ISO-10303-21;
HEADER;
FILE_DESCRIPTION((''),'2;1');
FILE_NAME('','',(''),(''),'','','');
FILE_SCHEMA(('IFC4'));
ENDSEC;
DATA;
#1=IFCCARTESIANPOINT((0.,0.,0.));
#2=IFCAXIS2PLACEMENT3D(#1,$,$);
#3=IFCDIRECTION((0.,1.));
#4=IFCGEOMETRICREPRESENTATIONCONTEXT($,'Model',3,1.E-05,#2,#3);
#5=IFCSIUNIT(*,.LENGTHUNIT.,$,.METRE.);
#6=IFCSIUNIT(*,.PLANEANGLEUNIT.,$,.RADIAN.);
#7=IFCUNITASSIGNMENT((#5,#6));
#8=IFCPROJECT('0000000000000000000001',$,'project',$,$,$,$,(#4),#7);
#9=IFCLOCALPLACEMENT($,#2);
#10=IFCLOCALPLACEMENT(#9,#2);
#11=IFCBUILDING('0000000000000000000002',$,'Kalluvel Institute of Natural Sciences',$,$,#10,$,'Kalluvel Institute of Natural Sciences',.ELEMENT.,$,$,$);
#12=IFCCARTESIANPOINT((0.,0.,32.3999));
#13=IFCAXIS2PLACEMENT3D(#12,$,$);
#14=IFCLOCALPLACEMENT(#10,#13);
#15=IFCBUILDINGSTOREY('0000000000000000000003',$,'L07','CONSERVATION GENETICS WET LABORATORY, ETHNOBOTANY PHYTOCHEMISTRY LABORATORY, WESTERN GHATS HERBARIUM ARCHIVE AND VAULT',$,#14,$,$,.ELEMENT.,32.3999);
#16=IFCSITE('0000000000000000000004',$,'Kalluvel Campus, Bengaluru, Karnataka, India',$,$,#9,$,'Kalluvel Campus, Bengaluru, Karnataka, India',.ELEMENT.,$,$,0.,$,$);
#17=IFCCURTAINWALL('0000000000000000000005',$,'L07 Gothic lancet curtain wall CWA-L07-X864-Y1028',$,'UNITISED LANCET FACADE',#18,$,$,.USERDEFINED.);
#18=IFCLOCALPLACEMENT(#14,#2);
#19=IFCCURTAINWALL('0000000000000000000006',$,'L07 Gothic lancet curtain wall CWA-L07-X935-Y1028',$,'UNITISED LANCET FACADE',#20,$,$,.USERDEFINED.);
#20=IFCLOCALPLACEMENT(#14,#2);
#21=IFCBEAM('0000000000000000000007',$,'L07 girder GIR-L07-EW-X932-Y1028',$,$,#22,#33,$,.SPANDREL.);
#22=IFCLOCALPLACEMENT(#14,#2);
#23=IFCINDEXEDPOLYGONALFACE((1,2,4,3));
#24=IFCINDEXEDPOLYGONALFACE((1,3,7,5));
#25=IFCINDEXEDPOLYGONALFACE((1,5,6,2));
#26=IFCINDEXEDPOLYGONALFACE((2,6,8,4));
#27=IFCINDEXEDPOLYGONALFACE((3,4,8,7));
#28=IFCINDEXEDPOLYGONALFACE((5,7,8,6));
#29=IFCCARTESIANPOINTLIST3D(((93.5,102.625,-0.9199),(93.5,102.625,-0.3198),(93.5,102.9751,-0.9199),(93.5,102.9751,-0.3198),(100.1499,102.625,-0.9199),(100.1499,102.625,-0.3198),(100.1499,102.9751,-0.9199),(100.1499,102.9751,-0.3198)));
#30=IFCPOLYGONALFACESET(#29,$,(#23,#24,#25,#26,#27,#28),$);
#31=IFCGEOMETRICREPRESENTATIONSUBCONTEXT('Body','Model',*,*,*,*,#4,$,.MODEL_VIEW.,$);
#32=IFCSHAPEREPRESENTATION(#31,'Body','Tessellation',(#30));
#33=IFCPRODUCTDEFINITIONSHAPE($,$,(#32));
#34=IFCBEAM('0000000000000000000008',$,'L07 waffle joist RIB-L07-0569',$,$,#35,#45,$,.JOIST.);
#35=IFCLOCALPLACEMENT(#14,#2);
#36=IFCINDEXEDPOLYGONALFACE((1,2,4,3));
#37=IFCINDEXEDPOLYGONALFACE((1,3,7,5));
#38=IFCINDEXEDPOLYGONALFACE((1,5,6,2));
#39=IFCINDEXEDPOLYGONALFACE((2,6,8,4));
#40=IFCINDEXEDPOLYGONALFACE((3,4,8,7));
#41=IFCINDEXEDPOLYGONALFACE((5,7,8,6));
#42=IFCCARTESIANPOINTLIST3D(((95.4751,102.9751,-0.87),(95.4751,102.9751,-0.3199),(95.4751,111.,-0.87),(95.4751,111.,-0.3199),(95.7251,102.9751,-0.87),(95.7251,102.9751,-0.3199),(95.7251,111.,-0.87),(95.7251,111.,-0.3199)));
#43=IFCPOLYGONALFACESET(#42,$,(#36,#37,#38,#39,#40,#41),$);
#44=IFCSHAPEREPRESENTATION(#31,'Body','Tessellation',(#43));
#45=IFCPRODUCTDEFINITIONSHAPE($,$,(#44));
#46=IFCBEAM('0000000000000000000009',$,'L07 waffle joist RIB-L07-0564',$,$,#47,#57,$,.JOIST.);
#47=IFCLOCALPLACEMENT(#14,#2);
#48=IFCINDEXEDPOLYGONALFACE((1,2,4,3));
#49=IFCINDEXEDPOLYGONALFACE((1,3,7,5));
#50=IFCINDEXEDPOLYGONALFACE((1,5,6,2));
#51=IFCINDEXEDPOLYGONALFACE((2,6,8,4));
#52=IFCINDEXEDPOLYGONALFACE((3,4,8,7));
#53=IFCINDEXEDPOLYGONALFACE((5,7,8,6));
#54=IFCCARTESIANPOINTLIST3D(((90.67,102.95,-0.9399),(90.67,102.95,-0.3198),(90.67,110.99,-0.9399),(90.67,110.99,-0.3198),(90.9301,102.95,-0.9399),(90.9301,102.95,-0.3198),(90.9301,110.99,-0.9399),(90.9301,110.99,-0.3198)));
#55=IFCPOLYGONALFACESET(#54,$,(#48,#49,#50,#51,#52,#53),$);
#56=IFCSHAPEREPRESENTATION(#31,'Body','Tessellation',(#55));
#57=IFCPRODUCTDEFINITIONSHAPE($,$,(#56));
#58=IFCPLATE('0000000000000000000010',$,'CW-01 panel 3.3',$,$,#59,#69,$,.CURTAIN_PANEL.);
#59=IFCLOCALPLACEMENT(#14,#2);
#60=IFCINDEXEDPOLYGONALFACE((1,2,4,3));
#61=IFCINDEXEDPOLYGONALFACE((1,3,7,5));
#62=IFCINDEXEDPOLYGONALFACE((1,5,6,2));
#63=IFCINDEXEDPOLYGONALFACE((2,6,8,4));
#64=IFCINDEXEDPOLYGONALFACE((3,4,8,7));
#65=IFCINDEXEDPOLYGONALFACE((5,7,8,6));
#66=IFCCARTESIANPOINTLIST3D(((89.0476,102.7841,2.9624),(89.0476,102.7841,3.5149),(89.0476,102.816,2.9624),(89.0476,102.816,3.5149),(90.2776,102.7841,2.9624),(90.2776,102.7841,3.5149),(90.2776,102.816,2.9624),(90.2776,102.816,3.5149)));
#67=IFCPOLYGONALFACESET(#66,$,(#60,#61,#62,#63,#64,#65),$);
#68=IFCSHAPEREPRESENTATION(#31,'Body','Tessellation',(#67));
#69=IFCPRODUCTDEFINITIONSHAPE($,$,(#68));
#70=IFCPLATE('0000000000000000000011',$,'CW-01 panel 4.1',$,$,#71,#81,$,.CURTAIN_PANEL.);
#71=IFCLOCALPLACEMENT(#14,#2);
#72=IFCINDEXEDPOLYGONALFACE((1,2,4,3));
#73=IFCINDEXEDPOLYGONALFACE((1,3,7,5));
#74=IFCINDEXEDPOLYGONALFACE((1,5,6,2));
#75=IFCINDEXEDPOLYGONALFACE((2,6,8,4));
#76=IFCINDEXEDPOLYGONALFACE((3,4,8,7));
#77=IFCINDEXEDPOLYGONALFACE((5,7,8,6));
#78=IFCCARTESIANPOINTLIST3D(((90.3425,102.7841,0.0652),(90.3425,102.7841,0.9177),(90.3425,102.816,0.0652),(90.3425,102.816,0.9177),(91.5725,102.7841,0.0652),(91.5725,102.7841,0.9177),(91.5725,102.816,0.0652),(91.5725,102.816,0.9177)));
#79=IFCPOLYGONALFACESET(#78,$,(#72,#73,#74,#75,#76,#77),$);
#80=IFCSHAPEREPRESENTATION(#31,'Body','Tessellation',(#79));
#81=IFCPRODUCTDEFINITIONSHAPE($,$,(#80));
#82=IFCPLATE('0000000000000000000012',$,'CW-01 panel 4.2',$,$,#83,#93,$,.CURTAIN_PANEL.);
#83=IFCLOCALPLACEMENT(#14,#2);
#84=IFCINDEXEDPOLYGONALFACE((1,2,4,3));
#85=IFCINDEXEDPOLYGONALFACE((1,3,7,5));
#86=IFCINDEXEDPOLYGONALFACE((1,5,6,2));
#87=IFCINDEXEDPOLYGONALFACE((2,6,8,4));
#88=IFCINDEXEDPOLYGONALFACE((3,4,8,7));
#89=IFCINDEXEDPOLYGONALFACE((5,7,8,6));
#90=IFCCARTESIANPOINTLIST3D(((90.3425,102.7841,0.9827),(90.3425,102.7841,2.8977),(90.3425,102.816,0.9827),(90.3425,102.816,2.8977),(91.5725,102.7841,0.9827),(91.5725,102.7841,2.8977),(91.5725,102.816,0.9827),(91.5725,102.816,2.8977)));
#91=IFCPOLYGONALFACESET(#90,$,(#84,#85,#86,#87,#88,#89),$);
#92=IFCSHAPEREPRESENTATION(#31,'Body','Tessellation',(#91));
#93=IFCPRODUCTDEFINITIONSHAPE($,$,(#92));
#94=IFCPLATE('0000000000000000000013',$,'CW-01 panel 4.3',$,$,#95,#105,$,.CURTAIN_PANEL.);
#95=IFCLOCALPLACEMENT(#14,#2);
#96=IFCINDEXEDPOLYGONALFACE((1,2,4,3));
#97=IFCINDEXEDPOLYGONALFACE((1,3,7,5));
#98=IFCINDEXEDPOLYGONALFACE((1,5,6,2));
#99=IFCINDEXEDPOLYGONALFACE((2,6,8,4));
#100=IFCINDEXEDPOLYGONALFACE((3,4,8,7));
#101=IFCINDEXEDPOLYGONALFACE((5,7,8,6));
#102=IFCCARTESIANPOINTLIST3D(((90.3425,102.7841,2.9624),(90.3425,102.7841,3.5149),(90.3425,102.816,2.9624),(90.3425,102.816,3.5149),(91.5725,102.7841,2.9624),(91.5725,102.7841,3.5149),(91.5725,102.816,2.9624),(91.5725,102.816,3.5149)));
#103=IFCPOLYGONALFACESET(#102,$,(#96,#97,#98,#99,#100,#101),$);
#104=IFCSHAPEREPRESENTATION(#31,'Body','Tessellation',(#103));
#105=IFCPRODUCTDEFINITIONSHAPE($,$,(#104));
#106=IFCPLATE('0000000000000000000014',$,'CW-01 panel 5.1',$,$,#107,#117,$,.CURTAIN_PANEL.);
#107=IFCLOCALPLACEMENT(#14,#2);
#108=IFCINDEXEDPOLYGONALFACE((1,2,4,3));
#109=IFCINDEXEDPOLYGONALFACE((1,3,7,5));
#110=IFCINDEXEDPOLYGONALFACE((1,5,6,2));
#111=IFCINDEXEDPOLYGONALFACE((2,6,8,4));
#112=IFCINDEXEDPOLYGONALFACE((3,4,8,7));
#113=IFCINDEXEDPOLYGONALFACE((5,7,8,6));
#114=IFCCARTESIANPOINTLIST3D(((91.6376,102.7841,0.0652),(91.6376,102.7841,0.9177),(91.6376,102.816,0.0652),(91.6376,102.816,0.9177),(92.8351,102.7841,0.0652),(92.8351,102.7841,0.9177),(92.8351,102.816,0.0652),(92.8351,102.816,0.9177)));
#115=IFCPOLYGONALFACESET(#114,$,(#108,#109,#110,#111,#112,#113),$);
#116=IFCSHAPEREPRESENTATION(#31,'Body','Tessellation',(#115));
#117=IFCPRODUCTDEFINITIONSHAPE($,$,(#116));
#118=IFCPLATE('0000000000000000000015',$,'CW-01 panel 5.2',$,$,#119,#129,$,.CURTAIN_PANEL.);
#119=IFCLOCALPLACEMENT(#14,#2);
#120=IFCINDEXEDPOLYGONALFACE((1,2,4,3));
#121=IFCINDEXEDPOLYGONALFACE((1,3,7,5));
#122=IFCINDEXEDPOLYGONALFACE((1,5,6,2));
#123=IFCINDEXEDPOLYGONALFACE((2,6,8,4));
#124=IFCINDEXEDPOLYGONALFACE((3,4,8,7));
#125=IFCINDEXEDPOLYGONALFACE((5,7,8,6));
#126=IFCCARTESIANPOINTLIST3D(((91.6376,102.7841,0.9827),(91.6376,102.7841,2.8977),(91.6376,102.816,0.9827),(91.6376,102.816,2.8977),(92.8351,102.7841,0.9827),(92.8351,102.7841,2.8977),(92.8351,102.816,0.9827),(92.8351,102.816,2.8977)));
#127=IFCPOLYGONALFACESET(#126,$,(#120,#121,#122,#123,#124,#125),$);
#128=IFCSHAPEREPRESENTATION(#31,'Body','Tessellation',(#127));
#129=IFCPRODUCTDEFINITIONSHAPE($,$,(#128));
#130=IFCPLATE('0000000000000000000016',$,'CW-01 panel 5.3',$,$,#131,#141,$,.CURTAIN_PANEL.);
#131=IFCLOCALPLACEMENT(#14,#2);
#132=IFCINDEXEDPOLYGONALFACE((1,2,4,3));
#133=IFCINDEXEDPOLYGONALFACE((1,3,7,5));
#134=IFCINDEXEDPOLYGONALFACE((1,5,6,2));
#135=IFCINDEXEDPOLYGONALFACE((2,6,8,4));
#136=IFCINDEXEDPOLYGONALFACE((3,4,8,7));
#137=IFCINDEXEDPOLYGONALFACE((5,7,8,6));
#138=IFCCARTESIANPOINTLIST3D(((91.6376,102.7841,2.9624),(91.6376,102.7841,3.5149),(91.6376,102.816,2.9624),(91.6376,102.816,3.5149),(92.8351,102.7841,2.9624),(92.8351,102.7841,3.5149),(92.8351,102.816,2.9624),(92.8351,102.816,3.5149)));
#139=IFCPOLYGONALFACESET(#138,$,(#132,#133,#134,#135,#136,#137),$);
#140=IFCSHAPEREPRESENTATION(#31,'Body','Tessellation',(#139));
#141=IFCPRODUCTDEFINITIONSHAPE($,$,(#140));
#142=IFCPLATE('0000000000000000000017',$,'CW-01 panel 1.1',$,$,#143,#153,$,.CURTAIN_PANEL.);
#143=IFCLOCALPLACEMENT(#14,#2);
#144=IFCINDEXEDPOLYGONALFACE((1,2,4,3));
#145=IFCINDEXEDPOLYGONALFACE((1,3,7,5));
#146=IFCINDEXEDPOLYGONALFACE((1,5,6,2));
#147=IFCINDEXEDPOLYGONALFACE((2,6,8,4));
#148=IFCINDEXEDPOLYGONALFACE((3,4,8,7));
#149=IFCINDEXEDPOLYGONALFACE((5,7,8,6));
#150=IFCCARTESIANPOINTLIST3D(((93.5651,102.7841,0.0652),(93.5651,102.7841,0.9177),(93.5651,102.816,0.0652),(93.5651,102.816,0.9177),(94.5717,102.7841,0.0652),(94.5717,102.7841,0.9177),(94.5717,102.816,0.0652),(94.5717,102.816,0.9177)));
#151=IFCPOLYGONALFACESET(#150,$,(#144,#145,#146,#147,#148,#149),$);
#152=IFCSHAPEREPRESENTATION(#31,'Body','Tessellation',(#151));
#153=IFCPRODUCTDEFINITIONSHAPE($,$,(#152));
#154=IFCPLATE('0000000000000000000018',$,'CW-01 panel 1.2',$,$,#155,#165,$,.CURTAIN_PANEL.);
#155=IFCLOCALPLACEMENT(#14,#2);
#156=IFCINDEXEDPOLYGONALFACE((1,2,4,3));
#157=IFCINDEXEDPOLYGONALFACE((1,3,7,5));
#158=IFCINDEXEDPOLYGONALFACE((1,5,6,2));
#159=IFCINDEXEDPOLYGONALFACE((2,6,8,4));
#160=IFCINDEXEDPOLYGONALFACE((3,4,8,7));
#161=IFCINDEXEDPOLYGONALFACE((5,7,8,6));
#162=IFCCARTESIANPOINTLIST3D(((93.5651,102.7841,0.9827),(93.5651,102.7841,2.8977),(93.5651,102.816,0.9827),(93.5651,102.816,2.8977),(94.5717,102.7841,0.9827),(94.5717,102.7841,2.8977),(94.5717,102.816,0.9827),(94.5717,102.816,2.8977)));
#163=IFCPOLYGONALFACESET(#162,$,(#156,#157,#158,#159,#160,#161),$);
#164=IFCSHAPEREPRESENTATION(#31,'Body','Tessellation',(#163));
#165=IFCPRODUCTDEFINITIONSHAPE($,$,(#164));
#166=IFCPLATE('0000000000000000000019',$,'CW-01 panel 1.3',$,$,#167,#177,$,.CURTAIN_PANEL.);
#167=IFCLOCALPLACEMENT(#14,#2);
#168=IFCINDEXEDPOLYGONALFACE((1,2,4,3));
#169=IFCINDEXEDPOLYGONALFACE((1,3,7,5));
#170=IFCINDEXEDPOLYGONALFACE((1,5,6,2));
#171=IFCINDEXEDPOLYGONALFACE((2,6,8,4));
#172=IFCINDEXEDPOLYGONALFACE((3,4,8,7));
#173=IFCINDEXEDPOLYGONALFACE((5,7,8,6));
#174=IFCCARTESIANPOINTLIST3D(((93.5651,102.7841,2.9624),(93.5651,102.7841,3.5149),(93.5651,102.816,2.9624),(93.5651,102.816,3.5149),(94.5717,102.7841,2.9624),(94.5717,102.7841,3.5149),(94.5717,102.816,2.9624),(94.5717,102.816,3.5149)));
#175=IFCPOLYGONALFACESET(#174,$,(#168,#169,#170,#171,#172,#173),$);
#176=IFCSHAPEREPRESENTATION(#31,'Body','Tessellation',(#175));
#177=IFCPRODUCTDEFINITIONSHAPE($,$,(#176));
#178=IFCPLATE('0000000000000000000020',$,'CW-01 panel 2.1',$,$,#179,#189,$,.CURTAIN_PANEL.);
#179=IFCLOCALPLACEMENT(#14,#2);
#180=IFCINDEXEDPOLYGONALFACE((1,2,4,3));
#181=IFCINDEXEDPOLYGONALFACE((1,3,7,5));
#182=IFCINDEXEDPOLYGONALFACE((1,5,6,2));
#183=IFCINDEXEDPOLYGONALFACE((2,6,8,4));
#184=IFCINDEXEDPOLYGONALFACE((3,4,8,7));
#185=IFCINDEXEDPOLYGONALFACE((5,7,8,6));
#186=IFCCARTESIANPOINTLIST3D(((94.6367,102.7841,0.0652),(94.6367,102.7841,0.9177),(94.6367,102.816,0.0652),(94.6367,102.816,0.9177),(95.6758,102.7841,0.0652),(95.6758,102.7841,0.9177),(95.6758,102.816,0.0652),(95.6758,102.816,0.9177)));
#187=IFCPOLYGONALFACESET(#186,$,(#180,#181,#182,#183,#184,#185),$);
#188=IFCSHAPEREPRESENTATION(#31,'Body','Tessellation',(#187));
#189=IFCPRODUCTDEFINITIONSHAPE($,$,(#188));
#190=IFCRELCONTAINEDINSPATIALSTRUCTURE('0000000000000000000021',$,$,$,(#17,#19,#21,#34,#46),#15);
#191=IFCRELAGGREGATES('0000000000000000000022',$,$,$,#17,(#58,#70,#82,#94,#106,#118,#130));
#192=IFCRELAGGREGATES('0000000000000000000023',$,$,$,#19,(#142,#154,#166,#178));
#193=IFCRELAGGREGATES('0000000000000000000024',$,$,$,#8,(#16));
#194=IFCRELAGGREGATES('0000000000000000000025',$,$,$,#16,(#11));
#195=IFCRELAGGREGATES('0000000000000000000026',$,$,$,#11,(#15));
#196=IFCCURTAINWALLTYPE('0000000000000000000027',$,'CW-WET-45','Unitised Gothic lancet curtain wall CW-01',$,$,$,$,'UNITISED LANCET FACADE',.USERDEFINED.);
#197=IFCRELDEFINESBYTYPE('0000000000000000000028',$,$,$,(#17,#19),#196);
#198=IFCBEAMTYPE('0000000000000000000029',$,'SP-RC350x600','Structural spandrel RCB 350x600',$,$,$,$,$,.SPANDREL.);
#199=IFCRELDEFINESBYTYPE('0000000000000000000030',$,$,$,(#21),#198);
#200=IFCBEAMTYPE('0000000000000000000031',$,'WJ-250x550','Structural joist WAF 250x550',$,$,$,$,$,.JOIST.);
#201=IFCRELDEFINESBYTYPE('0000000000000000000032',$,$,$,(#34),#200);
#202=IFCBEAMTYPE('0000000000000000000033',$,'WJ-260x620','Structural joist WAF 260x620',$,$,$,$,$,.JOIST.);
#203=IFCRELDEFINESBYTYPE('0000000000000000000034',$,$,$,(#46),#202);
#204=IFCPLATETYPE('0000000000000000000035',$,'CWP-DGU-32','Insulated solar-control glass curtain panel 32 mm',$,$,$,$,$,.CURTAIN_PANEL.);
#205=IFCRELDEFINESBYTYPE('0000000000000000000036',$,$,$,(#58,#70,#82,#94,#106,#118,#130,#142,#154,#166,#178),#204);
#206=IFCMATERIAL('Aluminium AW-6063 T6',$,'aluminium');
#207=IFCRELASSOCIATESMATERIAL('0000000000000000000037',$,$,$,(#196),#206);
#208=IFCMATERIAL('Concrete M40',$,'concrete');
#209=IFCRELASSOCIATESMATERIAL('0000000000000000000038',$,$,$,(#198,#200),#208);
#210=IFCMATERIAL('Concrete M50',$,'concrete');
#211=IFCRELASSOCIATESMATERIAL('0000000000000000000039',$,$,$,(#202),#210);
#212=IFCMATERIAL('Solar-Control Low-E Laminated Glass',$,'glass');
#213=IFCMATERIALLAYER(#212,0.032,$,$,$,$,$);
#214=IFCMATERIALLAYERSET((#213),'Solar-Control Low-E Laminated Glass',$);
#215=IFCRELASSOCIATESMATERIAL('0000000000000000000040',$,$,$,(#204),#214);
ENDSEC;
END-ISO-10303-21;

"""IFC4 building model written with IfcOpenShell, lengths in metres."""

from ifc_helpers import new_model, si_unit, direction, frame, origin, origin_2d, place, context, subcontext, project, spatial, rectangle, extrude, material, layer, layer_set, material_profile, profile_set, type_object, element, aggregate, save


model = new_model("IFC4")

# Units and contexts
model_context = context("Model", 3, precision=1e-05, world=origin(), true_north=direction((0.0, 1.0)))
body_context = subcontext(model_context, "Body", "Model", "MODEL_VIEW")
ifc_project = project(units=[si_unit("LENGTHUNIT", "METRE"), si_unit("PLANEANGLEUNIT", "RADIAN")], contexts=[model_context])

# Site, building, storey
site_placement = place(None, origin())
site = spatial("IfcSite", under=ifc_project, at=site_placement, Name="Kalluvel Campus, Bengaluru, Karnataka, India", LongName="Kalluvel Campus, Bengaluru, Karnataka, India", CompositionType="ELEMENT", RefElevation=0.0)
building_placement = place(site_placement, origin())
building = spatial("IfcBuilding", under=site, at=building_placement, Name="Kalluvel Institute of Natural Sciences", LongName="Kalluvel Institute of Natural Sciences", CompositionType="ELEMENT")
storey_placement = place(building_placement, frame((0.0, 0.0, 32.3999)))
storey = spatial("IfcBuildingStorey", under=building, at=storey_placement, Name="L07", Description="CONSERVATION GENETICS WET LABORATORY, ETHNOBOTANY PHYTOCHEMISTRY LABORATORY, WESTERN GHATS HERBARIUM ARCHIVE AND VAULT", CompositionType="ELEMENT", Elevation=32.3999)

# Shared definitions
ifc_material_1 = material(Name="Concrete M40", Category="concrete")

# Curtain walls
ifc_material_2 = material(Name="Aluminium AW-6063 T6", Category="aluminium")
curtain_wall_type = type_object("IfcCurtainWallType", Name="CW-WET-45", Description="Unitised Gothic lancet curtain wall CW-01", ElementType="UNITISED LANCET FACADE", PredefinedType="USERDEFINED", material=ifc_material_2)
curtain_wall_1_placement = place(storey_placement, origin())
curtain_wall_1 = element("IfcCurtainWall", 1, at=curtain_wall_1_placement, inside=storey, type_object=curtain_wall_type, Name="L07 Gothic lancet curtain wall CWA-L07-X864-Y1028", ObjectType="UNITISED LANCET FACADE", PredefinedType="USERDEFINED")
curtain_wall_2_placement = place(storey_placement, origin())
curtain_wall_2 = element("IfcCurtainWall", 2, at=curtain_wall_2_placement, inside=storey, type_object=curtain_wall_type, Name="L07 Gothic lancet curtain wall CWA-L07-X935-Y1028", ObjectType="UNITISED LANCET FACADE", PredefinedType="USERDEFINED")

# Beams
ifc_material_profile_1 = material_profile(ifc_material_1, rectangle(XDim=0.3501, YDim=0.6001, at=origin_2d()), Name="RCB 350x600")
ifc_profile_set_1 = profile_set([ifc_material_profile_1], Name="Concrete M40")
beam_type_1 = type_object("IfcBeamType", Name="SP-RC350x600", Description="Structural spandrel RCB 350x600", PredefinedType="SPANDREL", material=ifc_profile_set_1)
beam_1_placement = place(storey_placement, frame((93.5, 102.8, -0.6199), z_axis=(1.0, 0.0, 0.0), x_axis=(0.0, 1.0, 0.0)))
element("IfcBeam", 3, at=beam_1_placement, inside=storey, type_object=beam_type_1, Name="L07 girder GIR-L07-EW-X932-Y1028", PredefinedType="SPANDREL", context=body_context, shape_type="SweptSolid", body=[
    extrude(rectangle(XDim=0.3501, YDim=0.6001, at=origin_2d()), origin(), (0.0, 0.0, 1.0), 6.6499),
])
ifc_material_profile_2 = material_profile(ifc_material_1, rectangle(XDim=0.25, YDim=0.55, at=origin_2d()), Name="WAF 250x550")
ifc_profile_set_2 = profile_set([ifc_material_profile_2], Name="Concrete M40")
beam_type_2 = type_object("IfcBeamType", Name="WJ-250x550", Description="Structural joist WAF 250x550", PredefinedType="JOIST", material=ifc_profile_set_2)
beam_2_placement = place(storey_placement, frame((95.6001, 102.9751, -0.595), z_axis=(0.0, 1.0, 0.0), x_axis=(-1.0, 0.0, 0.0)))
element("IfcBeam", 4, at=beam_2_placement, inside=storey, type_object=beam_type_2, Name="L07 waffle joist RIB-L07-0569", PredefinedType="JOIST", context=body_context, shape_type="SweptSolid", body=[
    extrude(rectangle(XDim=0.25, YDim=0.55, at=origin_2d()), origin(), (0.0, 0.0, 1.0), 8.0249),
])
ifc_material_3 = material(Name="Concrete M50", Category="concrete")
ifc_material_profile_3 = material_profile(ifc_material_3, rectangle(XDim=0.26, YDim=0.6201, at=origin_2d()), Name="WAF 260x620")
ifc_profile_set_3 = profile_set([ifc_material_profile_3], Name="Concrete M50")
beam_type_3 = type_object("IfcBeamType", Name="WJ-260x620", Description="Structural joist WAF 260x620", PredefinedType="JOIST", material=ifc_profile_set_3)
beam_3_placement = place(storey_placement, frame((90.8, 102.95, -0.6299), z_axis=(0.0, 1.0, 0.0), x_axis=(-1.0, 0.0, 0.0)))
element("IfcBeam", 5, at=beam_3_placement, inside=storey, type_object=beam_type_3, Name="L07 waffle joist RIB-L07-0564", PredefinedType="JOIST", context=body_context, shape_type="SweptSolid", body=[
    extrude(rectangle(XDim=0.26, YDim=0.6201, at=origin_2d()), origin(), (0.0, 0.0, 1.0), 8.04),
])

# Plates
ifc_material_4 = material(Name="Solar-Control Low-E Laminated Glass", Category="glass")
ifc_layer = layer(ifc_material_4, 0.032)
ifc_layer_set = layer_set([ifc_layer], Name="Solar-Control Low-E Laminated Glass")
plate_type = type_object("IfcPlateType", Name="CWP-DGU-32", Description="Insulated solar-control glass curtain panel 32 mm", PredefinedType="CURTAIN_PANEL", material=ifc_layer_set)
plate_1_placement = place(storey_placement, frame((89.6626, 102.8, 2.9624), z_axis=(0.0, 0.0, 1.0), x_axis=(1.0, 0.0, 0.0)))
plate_1 = element("IfcPlate", 6, at=plate_1_placement, type_object=plate_type, Name="CW-01 panel 3.3", PredefinedType="CURTAIN_PANEL", context=body_context, shape_type="SweptSolid", body=[
    extrude(rectangle(XDim=1.23, YDim=0.032, at=origin_2d()), origin(), (0.0, 0.0, 1.0), 0.5525),
])
plate_2_placement = place(storey_placement, frame((90.9575, 102.8, 0.0652), z_axis=(0.0, 0.0, 1.0), x_axis=(1.0, 0.0, 0.0)))
plate_2 = element("IfcPlate", 7, at=plate_2_placement, type_object=plate_type, Name="CW-01 panel 4.1", PredefinedType="CURTAIN_PANEL", context=body_context, shape_type="SweptSolid", body=[
    extrude(rectangle(XDim=1.23, YDim=0.032, at=origin_2d()), origin(), (0.0, 0.0, 1.0), 0.8525),
])
plate_3_placement = place(storey_placement, frame((90.9575, 102.8, 0.9827), z_axis=(0.0, 0.0, 1.0), x_axis=(1.0, 0.0, 0.0)))
plate_3 = element("IfcPlate", 8, at=plate_3_placement, type_object=plate_type, Name="CW-01 panel 4.2", PredefinedType="CURTAIN_PANEL", context=body_context, shape_type="SweptSolid", body=[
    extrude(rectangle(XDim=1.23, YDim=0.032, at=origin_2d()), origin(), (0.0, 0.0, 1.0), 1.915),
])
plate_4_placement = place(storey_placement, frame((90.9575, 102.8, 2.9624), z_axis=(0.0, 0.0, 1.0), x_axis=(1.0, 0.0, 0.0)))
plate_4 = element("IfcPlate", 9, at=plate_4_placement, type_object=plate_type, Name="CW-01 panel 4.3", PredefinedType="CURTAIN_PANEL", context=body_context, shape_type="SweptSolid", body=[
    extrude(rectangle(XDim=1.23, YDim=0.032, at=origin_2d()), origin(), (0.0, 0.0, 1.0), 0.5525),
])
plate_5_placement = place(storey_placement, frame((92.2363, 102.8, 0.0652), z_axis=(0.0, 0.0, 1.0), x_axis=(1.0, 0.0, 0.0)))
plate_5 = element("IfcPlate", 10, at=plate_5_placement, type_object=plate_type, Name="CW-01 panel 5.1", PredefinedType="CURTAIN_PANEL", context=body_context, shape_type="SweptSolid", body=[
    extrude(rectangle(XDim=1.1975, YDim=0.032, at=origin_2d()), origin(), (0.0, 0.0, 1.0), 0.8525),
])
plate_6_placement = place(storey_placement, frame((92.2363, 102.8, 0.9827), z_axis=(0.0, 0.0, 1.0), x_axis=(1.0, 0.0, 0.0)))
plate_6 = element("IfcPlate", 11, at=plate_6_placement, type_object=plate_type, Name="CW-01 panel 5.2", PredefinedType="CURTAIN_PANEL", context=body_context, shape_type="SweptSolid", body=[
    extrude(rectangle(XDim=1.1975, YDim=0.032, at=origin_2d()), origin(), (0.0, 0.0, 1.0), 1.915),
])
plate_7_placement = place(storey_placement, frame((92.2363, 102.8, 2.9624), z_axis=(0.0, 0.0, 1.0), x_axis=(1.0, 0.0, 0.0)))
plate_7 = element("IfcPlate", 12, at=plate_7_placement, type_object=plate_type, Name="CW-01 panel 5.3", PredefinedType="CURTAIN_PANEL", context=body_context, shape_type="SweptSolid", body=[
    extrude(rectangle(XDim=1.1975, YDim=0.032, at=origin_2d()), origin(), (0.0, 0.0, 1.0), 0.5525),
])
aggregate(curtain_wall_1, [plate_1, plate_2, plate_3, plate_4, plate_5, plate_6, plate_7])
plate_8_placement = place(storey_placement, frame((94.0684, 102.8, 0.0652), z_axis=(0.0, 0.0, 1.0), x_axis=(1.0, 0.0, 0.0)))
plate_8 = element("IfcPlate", 13, at=plate_8_placement, type_object=plate_type, Name="CW-01 panel 1.1", PredefinedType="CURTAIN_PANEL", context=body_context, shape_type="SweptSolid", body=[
    extrude(rectangle(XDim=1.0066, YDim=0.032, at=origin_2d()), origin(), (0.0, 0.0, 1.0), 0.8525),
])
plate_9_placement = place(storey_placement, frame((94.0684, 102.8, 0.9827), z_axis=(0.0, 0.0, 1.0), x_axis=(1.0, 0.0, 0.0)))
plate_9 = element("IfcPlate", 14, at=plate_9_placement, type_object=plate_type, Name="CW-01 panel 1.2", PredefinedType="CURTAIN_PANEL", context=body_context, shape_type="SweptSolid", body=[
    extrude(rectangle(XDim=1.0066, YDim=0.032, at=origin_2d()), origin(), (0.0, 0.0, 1.0), 1.915),
])
plate_10_placement = place(storey_placement, frame((94.0684, 102.8, 2.9624), z_axis=(0.0, 0.0, 1.0), x_axis=(1.0, 0.0, 0.0)))
plate_10 = element("IfcPlate", 15, at=plate_10_placement, type_object=plate_type, Name="CW-01 panel 1.3", PredefinedType="CURTAIN_PANEL", context=body_context, shape_type="SweptSolid", body=[
    extrude(rectangle(XDim=1.0066, YDim=0.032, at=origin_2d()), origin(), (0.0, 0.0, 1.0), 0.5525),
])
plate_11_placement = place(storey_placement, frame((95.1562, 102.8, 0.0652), z_axis=(0.0, 0.0, 1.0), x_axis=(1.0, 0.0, 0.0)))
plate_11 = element("IfcPlate", 16, at=plate_11_placement, type_object=plate_type, Name="CW-01 panel 2.1", PredefinedType="CURTAIN_PANEL", context=body_context, shape_type="SweptSolid", body=[
    extrude(rectangle(XDim=1.0391, YDim=0.032, at=origin_2d()), origin(), (0.0, 0.0, 1.0), 0.8525),
])
aggregate(curtain_wall_2, [plate_8, plate_9, plate_10, plate_11])

save(model, "model.ifc")
